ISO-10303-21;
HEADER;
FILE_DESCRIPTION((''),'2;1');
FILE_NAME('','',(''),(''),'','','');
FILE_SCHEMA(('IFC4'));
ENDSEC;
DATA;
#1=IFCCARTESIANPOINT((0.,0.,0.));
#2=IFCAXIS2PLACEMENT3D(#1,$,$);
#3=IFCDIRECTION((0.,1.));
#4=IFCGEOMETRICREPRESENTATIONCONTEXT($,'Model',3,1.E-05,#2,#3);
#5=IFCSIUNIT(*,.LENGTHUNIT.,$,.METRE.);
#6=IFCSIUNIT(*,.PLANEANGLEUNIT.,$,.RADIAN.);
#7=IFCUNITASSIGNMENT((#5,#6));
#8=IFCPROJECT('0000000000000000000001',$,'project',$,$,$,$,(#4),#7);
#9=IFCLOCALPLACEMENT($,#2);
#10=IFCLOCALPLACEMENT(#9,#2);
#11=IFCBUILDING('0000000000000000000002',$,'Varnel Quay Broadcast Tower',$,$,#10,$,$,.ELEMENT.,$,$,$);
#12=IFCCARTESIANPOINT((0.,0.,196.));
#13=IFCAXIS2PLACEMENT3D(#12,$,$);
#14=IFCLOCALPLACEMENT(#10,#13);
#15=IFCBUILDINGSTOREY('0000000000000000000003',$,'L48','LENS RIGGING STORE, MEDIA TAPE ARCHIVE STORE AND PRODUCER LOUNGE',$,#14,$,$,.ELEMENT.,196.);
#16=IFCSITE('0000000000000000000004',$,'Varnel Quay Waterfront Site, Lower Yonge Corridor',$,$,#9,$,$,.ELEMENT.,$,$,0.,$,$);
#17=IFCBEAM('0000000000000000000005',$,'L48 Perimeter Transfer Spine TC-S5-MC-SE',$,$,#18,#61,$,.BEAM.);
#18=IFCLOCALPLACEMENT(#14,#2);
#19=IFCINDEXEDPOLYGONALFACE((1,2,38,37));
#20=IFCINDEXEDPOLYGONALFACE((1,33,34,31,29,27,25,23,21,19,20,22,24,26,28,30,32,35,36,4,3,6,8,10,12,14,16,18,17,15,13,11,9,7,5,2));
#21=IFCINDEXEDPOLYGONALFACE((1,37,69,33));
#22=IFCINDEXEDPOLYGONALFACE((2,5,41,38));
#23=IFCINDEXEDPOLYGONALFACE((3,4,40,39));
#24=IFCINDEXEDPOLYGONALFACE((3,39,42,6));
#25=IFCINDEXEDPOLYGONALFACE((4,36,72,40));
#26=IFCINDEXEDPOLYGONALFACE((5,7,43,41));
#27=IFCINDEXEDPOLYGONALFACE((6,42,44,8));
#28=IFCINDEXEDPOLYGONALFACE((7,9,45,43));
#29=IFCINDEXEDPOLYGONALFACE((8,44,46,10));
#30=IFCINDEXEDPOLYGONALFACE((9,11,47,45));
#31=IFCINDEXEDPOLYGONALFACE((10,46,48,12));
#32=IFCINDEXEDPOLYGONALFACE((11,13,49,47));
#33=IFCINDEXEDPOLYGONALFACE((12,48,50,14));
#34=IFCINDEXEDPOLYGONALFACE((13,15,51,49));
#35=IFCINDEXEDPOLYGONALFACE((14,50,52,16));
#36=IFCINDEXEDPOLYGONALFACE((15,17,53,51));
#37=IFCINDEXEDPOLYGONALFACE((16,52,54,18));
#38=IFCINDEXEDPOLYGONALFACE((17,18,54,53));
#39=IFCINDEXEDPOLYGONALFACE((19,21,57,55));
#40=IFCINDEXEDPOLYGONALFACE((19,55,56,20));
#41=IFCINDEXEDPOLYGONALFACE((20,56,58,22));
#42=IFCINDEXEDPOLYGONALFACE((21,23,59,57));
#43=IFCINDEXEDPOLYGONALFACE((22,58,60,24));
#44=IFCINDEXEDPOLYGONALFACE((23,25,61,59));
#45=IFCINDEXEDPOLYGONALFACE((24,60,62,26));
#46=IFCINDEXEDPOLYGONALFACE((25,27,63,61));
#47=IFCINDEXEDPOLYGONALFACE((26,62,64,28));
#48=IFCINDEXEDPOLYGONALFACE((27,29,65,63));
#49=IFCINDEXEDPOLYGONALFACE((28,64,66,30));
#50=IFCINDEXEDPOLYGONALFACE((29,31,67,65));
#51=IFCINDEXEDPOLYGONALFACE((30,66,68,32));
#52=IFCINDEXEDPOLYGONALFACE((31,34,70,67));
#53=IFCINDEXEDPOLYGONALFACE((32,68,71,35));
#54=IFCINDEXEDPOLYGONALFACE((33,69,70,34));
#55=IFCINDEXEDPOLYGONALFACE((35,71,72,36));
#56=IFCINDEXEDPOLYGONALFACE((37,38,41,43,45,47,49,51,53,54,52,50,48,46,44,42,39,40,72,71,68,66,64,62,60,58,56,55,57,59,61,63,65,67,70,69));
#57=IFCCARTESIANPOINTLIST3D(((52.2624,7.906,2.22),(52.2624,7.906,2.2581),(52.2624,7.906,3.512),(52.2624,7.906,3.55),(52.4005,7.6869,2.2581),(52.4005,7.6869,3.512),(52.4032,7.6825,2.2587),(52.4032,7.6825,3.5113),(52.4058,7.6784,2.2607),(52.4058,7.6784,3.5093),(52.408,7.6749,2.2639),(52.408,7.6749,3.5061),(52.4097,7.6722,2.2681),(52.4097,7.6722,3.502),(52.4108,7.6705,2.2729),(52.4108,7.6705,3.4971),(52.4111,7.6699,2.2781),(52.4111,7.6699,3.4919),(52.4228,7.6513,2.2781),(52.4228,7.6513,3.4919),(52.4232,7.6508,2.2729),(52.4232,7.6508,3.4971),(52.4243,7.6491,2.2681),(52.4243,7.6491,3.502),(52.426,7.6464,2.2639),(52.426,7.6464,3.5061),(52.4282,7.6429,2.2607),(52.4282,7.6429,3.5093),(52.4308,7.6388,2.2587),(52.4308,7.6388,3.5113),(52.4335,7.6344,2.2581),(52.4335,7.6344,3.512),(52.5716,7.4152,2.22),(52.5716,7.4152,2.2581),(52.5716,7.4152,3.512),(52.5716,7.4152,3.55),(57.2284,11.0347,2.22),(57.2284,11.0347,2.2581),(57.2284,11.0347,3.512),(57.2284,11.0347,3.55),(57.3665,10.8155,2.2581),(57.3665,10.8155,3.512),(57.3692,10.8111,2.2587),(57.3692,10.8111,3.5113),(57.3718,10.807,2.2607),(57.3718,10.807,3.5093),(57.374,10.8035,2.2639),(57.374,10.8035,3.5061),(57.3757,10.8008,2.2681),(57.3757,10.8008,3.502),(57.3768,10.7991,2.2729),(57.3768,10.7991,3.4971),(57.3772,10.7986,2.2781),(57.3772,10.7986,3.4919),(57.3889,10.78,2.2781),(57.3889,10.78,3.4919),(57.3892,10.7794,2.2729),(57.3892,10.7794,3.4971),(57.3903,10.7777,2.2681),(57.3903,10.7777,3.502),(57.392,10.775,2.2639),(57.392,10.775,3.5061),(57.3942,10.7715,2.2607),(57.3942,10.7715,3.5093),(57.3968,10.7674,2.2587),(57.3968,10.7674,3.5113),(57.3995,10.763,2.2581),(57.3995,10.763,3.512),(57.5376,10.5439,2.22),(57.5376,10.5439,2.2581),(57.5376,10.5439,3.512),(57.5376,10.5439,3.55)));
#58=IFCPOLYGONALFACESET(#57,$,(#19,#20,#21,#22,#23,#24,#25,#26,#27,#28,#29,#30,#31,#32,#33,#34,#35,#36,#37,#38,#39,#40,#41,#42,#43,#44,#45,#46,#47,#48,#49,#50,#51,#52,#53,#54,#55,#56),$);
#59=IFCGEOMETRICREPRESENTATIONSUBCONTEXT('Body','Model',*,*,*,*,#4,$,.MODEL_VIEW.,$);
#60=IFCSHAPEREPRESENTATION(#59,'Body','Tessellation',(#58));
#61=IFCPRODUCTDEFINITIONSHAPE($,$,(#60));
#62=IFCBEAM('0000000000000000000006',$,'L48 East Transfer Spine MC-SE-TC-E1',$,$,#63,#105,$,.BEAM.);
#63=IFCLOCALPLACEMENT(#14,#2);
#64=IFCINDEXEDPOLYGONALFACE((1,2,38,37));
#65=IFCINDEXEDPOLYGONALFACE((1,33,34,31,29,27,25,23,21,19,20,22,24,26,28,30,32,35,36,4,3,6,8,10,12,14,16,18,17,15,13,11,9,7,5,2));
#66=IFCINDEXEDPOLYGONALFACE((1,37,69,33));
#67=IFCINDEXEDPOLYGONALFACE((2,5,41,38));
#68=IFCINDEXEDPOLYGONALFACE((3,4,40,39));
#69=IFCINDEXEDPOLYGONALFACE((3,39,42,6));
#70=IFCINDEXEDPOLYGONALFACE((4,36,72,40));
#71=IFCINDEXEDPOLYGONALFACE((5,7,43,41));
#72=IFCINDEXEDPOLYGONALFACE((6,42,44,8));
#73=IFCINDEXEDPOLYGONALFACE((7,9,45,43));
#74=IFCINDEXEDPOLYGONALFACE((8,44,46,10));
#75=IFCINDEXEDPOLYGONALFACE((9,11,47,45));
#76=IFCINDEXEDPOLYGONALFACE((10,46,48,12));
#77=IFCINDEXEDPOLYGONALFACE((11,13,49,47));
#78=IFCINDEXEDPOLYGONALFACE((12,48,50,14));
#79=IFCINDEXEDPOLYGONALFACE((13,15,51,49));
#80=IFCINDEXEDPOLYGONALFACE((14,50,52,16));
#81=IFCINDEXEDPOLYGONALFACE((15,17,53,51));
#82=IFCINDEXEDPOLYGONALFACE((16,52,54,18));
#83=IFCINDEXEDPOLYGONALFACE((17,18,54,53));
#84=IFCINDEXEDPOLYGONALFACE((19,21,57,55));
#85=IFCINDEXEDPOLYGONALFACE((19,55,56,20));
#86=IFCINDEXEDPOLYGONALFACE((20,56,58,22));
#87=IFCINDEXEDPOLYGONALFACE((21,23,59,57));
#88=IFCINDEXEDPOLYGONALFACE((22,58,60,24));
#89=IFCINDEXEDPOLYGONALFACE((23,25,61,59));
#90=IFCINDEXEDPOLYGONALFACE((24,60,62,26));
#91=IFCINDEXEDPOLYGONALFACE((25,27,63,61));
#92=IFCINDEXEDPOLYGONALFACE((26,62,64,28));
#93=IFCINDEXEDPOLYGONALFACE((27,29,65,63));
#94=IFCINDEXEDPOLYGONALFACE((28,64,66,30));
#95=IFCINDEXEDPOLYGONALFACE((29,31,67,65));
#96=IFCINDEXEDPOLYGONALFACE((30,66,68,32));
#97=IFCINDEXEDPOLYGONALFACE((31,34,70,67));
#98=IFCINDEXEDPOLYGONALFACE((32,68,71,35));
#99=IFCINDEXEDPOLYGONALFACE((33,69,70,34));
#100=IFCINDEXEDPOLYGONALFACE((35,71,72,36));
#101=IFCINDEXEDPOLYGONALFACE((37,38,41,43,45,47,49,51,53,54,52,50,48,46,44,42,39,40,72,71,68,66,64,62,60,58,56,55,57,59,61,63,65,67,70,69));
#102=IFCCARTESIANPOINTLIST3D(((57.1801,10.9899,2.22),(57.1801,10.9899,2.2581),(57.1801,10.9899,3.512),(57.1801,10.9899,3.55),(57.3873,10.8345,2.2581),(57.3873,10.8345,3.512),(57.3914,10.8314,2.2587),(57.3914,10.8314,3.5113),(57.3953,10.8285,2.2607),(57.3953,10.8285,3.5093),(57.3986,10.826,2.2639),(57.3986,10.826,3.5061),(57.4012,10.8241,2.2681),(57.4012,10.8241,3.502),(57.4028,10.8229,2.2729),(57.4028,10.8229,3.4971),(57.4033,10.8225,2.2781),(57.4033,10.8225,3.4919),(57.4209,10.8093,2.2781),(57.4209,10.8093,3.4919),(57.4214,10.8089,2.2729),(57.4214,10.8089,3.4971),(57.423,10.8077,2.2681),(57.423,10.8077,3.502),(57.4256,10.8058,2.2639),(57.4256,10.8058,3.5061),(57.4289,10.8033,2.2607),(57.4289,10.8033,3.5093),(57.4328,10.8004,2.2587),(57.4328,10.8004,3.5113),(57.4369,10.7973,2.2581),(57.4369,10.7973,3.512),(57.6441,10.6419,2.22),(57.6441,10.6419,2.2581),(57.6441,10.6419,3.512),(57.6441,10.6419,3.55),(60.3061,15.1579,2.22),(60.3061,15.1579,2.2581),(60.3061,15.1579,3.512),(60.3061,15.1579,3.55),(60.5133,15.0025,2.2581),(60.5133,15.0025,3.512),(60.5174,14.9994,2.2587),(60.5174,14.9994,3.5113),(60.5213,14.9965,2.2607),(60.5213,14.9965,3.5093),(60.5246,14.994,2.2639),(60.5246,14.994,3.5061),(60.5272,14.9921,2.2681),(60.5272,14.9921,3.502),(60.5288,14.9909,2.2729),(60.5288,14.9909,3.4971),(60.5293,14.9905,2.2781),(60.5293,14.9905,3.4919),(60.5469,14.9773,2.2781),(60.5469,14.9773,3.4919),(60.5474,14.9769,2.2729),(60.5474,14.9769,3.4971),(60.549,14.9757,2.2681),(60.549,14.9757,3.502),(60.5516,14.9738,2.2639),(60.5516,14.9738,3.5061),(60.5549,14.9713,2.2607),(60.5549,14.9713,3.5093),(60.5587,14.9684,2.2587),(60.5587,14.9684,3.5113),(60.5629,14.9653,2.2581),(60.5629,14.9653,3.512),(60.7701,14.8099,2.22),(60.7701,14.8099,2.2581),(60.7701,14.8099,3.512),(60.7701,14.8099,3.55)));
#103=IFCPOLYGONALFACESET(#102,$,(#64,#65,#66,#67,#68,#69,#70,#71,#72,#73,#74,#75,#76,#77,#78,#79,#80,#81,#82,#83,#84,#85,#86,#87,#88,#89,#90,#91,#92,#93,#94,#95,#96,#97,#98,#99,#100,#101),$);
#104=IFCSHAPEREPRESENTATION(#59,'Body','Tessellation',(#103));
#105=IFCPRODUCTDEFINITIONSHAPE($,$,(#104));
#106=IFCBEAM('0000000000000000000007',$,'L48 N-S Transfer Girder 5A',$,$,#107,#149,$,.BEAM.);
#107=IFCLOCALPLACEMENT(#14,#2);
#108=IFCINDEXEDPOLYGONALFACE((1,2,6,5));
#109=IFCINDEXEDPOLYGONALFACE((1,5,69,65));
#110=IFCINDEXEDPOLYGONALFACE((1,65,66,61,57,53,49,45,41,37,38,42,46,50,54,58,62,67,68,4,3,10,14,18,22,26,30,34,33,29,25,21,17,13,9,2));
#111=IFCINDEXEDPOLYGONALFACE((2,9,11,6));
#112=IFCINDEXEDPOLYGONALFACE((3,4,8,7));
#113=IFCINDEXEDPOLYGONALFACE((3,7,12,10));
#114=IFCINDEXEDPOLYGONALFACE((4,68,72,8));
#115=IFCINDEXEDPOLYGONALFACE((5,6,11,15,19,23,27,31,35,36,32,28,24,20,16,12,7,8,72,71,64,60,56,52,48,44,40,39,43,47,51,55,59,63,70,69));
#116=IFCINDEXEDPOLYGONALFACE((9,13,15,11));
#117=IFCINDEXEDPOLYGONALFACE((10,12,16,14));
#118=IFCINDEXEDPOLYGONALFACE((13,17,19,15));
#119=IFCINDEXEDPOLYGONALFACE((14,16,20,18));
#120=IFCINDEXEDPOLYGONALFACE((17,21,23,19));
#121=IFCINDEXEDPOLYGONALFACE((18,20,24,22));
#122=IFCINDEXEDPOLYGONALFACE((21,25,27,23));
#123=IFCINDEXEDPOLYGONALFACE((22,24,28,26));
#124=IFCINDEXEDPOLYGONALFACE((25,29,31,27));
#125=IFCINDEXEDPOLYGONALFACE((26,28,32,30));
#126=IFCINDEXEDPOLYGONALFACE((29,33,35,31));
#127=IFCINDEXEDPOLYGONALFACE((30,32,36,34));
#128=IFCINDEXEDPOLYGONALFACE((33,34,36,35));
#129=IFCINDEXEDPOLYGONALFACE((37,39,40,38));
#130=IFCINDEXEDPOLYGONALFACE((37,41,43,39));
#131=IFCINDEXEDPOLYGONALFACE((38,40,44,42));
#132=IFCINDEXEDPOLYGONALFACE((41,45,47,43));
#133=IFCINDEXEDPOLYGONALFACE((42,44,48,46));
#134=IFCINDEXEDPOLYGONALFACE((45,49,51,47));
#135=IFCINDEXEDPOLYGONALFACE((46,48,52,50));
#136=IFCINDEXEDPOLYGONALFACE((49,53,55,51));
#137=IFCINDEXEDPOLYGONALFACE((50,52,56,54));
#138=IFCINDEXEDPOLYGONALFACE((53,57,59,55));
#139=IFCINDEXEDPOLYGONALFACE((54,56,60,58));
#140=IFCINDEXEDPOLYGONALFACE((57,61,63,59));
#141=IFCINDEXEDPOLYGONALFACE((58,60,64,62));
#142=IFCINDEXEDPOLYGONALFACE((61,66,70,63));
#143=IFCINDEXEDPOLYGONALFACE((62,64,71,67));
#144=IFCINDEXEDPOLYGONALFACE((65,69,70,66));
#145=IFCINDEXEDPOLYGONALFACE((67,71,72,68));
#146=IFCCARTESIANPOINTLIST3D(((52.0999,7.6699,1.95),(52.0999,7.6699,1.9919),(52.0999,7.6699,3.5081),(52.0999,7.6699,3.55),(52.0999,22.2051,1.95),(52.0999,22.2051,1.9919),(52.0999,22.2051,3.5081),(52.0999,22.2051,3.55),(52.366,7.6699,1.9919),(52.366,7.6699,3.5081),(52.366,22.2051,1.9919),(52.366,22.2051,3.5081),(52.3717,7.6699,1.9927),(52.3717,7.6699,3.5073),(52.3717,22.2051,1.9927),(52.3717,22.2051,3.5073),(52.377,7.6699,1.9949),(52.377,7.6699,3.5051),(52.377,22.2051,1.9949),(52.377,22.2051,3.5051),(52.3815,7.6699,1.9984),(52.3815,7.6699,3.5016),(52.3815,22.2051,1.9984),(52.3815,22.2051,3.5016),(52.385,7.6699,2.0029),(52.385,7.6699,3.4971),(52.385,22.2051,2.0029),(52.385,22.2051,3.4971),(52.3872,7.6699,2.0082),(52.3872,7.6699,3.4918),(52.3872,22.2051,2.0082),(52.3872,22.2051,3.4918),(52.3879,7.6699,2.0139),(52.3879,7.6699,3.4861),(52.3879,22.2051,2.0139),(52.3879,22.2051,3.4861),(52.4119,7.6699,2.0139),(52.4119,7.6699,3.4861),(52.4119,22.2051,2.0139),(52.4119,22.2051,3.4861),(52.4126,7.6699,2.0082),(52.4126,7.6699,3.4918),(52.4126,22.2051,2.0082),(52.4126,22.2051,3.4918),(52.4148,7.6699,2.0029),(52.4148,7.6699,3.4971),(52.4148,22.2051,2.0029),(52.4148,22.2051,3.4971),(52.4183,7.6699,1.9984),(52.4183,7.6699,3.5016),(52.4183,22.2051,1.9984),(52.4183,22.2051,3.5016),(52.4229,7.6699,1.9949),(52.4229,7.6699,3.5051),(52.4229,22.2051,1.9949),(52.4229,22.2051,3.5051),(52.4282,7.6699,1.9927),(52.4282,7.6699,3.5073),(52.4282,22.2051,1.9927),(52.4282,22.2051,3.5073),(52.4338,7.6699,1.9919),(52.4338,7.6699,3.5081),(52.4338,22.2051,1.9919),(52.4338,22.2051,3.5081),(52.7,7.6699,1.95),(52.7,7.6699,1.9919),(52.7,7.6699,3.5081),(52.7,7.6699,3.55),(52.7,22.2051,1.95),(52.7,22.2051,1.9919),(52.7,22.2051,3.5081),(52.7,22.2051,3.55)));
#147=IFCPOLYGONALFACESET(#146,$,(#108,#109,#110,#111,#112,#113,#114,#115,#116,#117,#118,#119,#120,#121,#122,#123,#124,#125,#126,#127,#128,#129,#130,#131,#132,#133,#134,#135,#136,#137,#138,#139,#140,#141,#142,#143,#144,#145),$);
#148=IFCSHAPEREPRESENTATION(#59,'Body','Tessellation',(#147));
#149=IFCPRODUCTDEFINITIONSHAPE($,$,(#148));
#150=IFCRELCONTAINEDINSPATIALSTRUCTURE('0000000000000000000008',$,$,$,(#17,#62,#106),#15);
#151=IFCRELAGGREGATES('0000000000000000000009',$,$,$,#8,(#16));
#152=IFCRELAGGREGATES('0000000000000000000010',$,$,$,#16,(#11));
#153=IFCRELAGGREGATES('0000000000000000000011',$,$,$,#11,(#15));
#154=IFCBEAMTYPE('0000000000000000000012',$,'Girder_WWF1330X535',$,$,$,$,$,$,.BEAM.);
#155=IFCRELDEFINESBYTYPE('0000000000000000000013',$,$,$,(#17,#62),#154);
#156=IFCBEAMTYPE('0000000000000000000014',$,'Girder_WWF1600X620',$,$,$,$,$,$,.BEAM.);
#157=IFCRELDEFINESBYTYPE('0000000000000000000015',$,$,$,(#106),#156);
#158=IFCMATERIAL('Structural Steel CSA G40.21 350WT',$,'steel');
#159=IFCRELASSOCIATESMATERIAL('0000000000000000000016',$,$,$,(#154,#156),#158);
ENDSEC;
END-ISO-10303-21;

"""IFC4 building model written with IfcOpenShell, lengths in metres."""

from ifc_helpers import new_model, si_unit, direction, frame, origin, origin_2d, place, context, subcontext, project, spatial, i_section, extrude, source, transform, mapped, material, material_profile, profile_set, type_object, element, save


model = new_model("IFC4")

# Units and contexts
model_context = context("Model", 3, precision=1e-05, world=origin(), true_north=direction((0.0, 1.0)))
body_context = subcontext(model_context, "Body", "Model", "MODEL_VIEW")
ifc_project = project(units=[si_unit("LENGTHUNIT", "METRE"), si_unit("PLANEANGLEUNIT", "RADIAN")], contexts=[model_context])

# Site, building, storey
site_placement = place(None, origin())
site = spatial("IfcSite", under=ifc_project, at=site_placement, Name="Varnel Quay Waterfront Site, Lower Yonge Corridor", CompositionType="ELEMENT", RefElevation=0.0)
building_placement = place(site_placement, origin())
building = spatial("IfcBuilding", under=site, at=building_placement, Name="Varnel Quay Broadcast Tower", CompositionType="ELEMENT")
storey_placement = place(building_placement, frame((0.0, 0.0, 196.0)))
storey = spatial("IfcBuildingStorey", under=building, at=storey_placement, Name="L48", Description="LENS RIGGING STORE, MEDIA TAPE ARCHIVE STORE AND PRODUCER LOUNGE", CompositionType="ELEMENT", Elevation=196.0)

# Shared definitions
ifc_material_1 = material(Name="Structural Steel CSA G40.21 350WT", Category="steel")

# Beams
ifc_material_profile_1 = material_profile(ifc_material_1, i_section(OverallWidth=0.5801, OverallDepth=1.3301, WebThickness=0.022, FlangeThickness=0.0381, FilletRadius=0.02, at=origin_2d()), Name="WWF1330X535")
ifc_profile_set_1 = profile_set([ifc_material_profile_1], Name="Structural Steel CSA G40.21 350WT")
beam_type_1 = type_object("IfcBeamType", Name="Girder_WWF1330X535", PredefinedType="BEAM", material=ifc_profile_set_1)
shared_shape_1 = source(origin(), body_context, "Body", "SweptSolid", [
    extrude(i_section(OverallWidth=0.5801, OverallDepth=1.3301, WebThickness=0.022, FlangeThickness=0.0381, FilletRadius=0.02, at=origin_2d()), origin(), (0.0, 0.0, 1.0), 5.8694),
])
beam_1_placement = place(storey_placement, frame((52.417, 7.6606, 2.885), z_axis=(0.846088, 0.533043, 0.0), x_axis=(-0.533043, 0.846088, 0.0)))
element("IfcBeam", 1, at=beam_1_placement, inside=storey, type_object=beam_type_1, Name="L48 Perimeter Transfer Spine TC-S5-MC-SE", PredefinedType="BEAM", context=body_context, shape_type="MappedRepresentation", body=[
    mapped(shared_shape_1, transform((0.0, 0.0, 0.0), x_axis=(1.0, 0.0, 0.0), y_axis=(0.0, 1.0, 0.0), z_axis=(0.0, 0.0, 1.0), scale=1.0)),
])
shared_shape_2 = source(origin(), body_context, "Body", "SweptSolid", [
    extrude(i_section(OverallWidth=0.5801, OverallDepth=1.3301, WebThickness=0.022, FlangeThickness=0.0381, FilletRadius=0.02, at=origin_2d()), origin(), (0.0, 0.0, 1.0), 5.21),
])
beam_2_placement = place(storey_placement, frame((57.4121, 10.8159, 2.885), z_axis=(0.6, 0.8, 0.0), x_axis=(-0.8, 0.6, 0.0)))
element("IfcBeam", 2, at=beam_2_placement, inside=storey, type_object=beam_type_1, Name="L48 East Transfer Spine MC-SE-TC-E1", PredefinedType="BEAM", context=body_context, shape_type="MappedRepresentation", body=[
    mapped(shared_shape_2, transform((0.0, 0.0, 0.0), x_axis=(1.0, 0.0, 0.0), y_axis=(0.0, 1.0, 0.0), z_axis=(0.0, 0.0, 1.0), scale=1.0)),
])
ifc_material_profile_2 = material_profile(ifc_material_1, i_section(OverallWidth=0.6001, OverallDepth=1.6001, WebThickness=0.0239, FlangeThickness=0.042, FilletRadius=0.022, at=origin_2d()), Name="WWF1600X620")
ifc_profile_set_2 = profile_set([ifc_material_profile_2], Name="Structural Steel CSA G40.21 350WT")
beam_type_2 = type_object("IfcBeamType", Name="Girder_WWF1600X620", PredefinedType="BEAM", material=ifc_profile_set_2)
shared_shape_3 = source(origin(), body_context, "Body", "SweptSolid", [
    extrude(i_section(OverallWidth=0.6001, OverallDepth=1.6001, WebThickness=0.0239, FlangeThickness=0.042, FilletRadius=0.022, at=origin_2d()), origin(), (0.0, 0.0, 1.0), 14.5352),
])
beam_3_placement = place(storey_placement, frame((52.3999, 7.6699, 2.75), z_axis=(0.0, 1.0, 0.0), x_axis=(-1.0, 0.0, 0.0)))
element("IfcBeam", 3, at=beam_3_placement, inside=storey, type_object=beam_type_2, Name="L48 N-S Transfer Girder 5A", PredefinedType="BEAM", context=body_context, shape_type="MappedRepresentation", body=[
    mapped(shared_shape_3, transform((0.0, 0.0, 0.0), x_axis=(1.0, 0.0, 0.0), y_axis=(0.0, 1.0, 0.0), z_axis=(0.0, 0.0, 1.0), scale=1.0)),
])

save(model, "model.ifc")
